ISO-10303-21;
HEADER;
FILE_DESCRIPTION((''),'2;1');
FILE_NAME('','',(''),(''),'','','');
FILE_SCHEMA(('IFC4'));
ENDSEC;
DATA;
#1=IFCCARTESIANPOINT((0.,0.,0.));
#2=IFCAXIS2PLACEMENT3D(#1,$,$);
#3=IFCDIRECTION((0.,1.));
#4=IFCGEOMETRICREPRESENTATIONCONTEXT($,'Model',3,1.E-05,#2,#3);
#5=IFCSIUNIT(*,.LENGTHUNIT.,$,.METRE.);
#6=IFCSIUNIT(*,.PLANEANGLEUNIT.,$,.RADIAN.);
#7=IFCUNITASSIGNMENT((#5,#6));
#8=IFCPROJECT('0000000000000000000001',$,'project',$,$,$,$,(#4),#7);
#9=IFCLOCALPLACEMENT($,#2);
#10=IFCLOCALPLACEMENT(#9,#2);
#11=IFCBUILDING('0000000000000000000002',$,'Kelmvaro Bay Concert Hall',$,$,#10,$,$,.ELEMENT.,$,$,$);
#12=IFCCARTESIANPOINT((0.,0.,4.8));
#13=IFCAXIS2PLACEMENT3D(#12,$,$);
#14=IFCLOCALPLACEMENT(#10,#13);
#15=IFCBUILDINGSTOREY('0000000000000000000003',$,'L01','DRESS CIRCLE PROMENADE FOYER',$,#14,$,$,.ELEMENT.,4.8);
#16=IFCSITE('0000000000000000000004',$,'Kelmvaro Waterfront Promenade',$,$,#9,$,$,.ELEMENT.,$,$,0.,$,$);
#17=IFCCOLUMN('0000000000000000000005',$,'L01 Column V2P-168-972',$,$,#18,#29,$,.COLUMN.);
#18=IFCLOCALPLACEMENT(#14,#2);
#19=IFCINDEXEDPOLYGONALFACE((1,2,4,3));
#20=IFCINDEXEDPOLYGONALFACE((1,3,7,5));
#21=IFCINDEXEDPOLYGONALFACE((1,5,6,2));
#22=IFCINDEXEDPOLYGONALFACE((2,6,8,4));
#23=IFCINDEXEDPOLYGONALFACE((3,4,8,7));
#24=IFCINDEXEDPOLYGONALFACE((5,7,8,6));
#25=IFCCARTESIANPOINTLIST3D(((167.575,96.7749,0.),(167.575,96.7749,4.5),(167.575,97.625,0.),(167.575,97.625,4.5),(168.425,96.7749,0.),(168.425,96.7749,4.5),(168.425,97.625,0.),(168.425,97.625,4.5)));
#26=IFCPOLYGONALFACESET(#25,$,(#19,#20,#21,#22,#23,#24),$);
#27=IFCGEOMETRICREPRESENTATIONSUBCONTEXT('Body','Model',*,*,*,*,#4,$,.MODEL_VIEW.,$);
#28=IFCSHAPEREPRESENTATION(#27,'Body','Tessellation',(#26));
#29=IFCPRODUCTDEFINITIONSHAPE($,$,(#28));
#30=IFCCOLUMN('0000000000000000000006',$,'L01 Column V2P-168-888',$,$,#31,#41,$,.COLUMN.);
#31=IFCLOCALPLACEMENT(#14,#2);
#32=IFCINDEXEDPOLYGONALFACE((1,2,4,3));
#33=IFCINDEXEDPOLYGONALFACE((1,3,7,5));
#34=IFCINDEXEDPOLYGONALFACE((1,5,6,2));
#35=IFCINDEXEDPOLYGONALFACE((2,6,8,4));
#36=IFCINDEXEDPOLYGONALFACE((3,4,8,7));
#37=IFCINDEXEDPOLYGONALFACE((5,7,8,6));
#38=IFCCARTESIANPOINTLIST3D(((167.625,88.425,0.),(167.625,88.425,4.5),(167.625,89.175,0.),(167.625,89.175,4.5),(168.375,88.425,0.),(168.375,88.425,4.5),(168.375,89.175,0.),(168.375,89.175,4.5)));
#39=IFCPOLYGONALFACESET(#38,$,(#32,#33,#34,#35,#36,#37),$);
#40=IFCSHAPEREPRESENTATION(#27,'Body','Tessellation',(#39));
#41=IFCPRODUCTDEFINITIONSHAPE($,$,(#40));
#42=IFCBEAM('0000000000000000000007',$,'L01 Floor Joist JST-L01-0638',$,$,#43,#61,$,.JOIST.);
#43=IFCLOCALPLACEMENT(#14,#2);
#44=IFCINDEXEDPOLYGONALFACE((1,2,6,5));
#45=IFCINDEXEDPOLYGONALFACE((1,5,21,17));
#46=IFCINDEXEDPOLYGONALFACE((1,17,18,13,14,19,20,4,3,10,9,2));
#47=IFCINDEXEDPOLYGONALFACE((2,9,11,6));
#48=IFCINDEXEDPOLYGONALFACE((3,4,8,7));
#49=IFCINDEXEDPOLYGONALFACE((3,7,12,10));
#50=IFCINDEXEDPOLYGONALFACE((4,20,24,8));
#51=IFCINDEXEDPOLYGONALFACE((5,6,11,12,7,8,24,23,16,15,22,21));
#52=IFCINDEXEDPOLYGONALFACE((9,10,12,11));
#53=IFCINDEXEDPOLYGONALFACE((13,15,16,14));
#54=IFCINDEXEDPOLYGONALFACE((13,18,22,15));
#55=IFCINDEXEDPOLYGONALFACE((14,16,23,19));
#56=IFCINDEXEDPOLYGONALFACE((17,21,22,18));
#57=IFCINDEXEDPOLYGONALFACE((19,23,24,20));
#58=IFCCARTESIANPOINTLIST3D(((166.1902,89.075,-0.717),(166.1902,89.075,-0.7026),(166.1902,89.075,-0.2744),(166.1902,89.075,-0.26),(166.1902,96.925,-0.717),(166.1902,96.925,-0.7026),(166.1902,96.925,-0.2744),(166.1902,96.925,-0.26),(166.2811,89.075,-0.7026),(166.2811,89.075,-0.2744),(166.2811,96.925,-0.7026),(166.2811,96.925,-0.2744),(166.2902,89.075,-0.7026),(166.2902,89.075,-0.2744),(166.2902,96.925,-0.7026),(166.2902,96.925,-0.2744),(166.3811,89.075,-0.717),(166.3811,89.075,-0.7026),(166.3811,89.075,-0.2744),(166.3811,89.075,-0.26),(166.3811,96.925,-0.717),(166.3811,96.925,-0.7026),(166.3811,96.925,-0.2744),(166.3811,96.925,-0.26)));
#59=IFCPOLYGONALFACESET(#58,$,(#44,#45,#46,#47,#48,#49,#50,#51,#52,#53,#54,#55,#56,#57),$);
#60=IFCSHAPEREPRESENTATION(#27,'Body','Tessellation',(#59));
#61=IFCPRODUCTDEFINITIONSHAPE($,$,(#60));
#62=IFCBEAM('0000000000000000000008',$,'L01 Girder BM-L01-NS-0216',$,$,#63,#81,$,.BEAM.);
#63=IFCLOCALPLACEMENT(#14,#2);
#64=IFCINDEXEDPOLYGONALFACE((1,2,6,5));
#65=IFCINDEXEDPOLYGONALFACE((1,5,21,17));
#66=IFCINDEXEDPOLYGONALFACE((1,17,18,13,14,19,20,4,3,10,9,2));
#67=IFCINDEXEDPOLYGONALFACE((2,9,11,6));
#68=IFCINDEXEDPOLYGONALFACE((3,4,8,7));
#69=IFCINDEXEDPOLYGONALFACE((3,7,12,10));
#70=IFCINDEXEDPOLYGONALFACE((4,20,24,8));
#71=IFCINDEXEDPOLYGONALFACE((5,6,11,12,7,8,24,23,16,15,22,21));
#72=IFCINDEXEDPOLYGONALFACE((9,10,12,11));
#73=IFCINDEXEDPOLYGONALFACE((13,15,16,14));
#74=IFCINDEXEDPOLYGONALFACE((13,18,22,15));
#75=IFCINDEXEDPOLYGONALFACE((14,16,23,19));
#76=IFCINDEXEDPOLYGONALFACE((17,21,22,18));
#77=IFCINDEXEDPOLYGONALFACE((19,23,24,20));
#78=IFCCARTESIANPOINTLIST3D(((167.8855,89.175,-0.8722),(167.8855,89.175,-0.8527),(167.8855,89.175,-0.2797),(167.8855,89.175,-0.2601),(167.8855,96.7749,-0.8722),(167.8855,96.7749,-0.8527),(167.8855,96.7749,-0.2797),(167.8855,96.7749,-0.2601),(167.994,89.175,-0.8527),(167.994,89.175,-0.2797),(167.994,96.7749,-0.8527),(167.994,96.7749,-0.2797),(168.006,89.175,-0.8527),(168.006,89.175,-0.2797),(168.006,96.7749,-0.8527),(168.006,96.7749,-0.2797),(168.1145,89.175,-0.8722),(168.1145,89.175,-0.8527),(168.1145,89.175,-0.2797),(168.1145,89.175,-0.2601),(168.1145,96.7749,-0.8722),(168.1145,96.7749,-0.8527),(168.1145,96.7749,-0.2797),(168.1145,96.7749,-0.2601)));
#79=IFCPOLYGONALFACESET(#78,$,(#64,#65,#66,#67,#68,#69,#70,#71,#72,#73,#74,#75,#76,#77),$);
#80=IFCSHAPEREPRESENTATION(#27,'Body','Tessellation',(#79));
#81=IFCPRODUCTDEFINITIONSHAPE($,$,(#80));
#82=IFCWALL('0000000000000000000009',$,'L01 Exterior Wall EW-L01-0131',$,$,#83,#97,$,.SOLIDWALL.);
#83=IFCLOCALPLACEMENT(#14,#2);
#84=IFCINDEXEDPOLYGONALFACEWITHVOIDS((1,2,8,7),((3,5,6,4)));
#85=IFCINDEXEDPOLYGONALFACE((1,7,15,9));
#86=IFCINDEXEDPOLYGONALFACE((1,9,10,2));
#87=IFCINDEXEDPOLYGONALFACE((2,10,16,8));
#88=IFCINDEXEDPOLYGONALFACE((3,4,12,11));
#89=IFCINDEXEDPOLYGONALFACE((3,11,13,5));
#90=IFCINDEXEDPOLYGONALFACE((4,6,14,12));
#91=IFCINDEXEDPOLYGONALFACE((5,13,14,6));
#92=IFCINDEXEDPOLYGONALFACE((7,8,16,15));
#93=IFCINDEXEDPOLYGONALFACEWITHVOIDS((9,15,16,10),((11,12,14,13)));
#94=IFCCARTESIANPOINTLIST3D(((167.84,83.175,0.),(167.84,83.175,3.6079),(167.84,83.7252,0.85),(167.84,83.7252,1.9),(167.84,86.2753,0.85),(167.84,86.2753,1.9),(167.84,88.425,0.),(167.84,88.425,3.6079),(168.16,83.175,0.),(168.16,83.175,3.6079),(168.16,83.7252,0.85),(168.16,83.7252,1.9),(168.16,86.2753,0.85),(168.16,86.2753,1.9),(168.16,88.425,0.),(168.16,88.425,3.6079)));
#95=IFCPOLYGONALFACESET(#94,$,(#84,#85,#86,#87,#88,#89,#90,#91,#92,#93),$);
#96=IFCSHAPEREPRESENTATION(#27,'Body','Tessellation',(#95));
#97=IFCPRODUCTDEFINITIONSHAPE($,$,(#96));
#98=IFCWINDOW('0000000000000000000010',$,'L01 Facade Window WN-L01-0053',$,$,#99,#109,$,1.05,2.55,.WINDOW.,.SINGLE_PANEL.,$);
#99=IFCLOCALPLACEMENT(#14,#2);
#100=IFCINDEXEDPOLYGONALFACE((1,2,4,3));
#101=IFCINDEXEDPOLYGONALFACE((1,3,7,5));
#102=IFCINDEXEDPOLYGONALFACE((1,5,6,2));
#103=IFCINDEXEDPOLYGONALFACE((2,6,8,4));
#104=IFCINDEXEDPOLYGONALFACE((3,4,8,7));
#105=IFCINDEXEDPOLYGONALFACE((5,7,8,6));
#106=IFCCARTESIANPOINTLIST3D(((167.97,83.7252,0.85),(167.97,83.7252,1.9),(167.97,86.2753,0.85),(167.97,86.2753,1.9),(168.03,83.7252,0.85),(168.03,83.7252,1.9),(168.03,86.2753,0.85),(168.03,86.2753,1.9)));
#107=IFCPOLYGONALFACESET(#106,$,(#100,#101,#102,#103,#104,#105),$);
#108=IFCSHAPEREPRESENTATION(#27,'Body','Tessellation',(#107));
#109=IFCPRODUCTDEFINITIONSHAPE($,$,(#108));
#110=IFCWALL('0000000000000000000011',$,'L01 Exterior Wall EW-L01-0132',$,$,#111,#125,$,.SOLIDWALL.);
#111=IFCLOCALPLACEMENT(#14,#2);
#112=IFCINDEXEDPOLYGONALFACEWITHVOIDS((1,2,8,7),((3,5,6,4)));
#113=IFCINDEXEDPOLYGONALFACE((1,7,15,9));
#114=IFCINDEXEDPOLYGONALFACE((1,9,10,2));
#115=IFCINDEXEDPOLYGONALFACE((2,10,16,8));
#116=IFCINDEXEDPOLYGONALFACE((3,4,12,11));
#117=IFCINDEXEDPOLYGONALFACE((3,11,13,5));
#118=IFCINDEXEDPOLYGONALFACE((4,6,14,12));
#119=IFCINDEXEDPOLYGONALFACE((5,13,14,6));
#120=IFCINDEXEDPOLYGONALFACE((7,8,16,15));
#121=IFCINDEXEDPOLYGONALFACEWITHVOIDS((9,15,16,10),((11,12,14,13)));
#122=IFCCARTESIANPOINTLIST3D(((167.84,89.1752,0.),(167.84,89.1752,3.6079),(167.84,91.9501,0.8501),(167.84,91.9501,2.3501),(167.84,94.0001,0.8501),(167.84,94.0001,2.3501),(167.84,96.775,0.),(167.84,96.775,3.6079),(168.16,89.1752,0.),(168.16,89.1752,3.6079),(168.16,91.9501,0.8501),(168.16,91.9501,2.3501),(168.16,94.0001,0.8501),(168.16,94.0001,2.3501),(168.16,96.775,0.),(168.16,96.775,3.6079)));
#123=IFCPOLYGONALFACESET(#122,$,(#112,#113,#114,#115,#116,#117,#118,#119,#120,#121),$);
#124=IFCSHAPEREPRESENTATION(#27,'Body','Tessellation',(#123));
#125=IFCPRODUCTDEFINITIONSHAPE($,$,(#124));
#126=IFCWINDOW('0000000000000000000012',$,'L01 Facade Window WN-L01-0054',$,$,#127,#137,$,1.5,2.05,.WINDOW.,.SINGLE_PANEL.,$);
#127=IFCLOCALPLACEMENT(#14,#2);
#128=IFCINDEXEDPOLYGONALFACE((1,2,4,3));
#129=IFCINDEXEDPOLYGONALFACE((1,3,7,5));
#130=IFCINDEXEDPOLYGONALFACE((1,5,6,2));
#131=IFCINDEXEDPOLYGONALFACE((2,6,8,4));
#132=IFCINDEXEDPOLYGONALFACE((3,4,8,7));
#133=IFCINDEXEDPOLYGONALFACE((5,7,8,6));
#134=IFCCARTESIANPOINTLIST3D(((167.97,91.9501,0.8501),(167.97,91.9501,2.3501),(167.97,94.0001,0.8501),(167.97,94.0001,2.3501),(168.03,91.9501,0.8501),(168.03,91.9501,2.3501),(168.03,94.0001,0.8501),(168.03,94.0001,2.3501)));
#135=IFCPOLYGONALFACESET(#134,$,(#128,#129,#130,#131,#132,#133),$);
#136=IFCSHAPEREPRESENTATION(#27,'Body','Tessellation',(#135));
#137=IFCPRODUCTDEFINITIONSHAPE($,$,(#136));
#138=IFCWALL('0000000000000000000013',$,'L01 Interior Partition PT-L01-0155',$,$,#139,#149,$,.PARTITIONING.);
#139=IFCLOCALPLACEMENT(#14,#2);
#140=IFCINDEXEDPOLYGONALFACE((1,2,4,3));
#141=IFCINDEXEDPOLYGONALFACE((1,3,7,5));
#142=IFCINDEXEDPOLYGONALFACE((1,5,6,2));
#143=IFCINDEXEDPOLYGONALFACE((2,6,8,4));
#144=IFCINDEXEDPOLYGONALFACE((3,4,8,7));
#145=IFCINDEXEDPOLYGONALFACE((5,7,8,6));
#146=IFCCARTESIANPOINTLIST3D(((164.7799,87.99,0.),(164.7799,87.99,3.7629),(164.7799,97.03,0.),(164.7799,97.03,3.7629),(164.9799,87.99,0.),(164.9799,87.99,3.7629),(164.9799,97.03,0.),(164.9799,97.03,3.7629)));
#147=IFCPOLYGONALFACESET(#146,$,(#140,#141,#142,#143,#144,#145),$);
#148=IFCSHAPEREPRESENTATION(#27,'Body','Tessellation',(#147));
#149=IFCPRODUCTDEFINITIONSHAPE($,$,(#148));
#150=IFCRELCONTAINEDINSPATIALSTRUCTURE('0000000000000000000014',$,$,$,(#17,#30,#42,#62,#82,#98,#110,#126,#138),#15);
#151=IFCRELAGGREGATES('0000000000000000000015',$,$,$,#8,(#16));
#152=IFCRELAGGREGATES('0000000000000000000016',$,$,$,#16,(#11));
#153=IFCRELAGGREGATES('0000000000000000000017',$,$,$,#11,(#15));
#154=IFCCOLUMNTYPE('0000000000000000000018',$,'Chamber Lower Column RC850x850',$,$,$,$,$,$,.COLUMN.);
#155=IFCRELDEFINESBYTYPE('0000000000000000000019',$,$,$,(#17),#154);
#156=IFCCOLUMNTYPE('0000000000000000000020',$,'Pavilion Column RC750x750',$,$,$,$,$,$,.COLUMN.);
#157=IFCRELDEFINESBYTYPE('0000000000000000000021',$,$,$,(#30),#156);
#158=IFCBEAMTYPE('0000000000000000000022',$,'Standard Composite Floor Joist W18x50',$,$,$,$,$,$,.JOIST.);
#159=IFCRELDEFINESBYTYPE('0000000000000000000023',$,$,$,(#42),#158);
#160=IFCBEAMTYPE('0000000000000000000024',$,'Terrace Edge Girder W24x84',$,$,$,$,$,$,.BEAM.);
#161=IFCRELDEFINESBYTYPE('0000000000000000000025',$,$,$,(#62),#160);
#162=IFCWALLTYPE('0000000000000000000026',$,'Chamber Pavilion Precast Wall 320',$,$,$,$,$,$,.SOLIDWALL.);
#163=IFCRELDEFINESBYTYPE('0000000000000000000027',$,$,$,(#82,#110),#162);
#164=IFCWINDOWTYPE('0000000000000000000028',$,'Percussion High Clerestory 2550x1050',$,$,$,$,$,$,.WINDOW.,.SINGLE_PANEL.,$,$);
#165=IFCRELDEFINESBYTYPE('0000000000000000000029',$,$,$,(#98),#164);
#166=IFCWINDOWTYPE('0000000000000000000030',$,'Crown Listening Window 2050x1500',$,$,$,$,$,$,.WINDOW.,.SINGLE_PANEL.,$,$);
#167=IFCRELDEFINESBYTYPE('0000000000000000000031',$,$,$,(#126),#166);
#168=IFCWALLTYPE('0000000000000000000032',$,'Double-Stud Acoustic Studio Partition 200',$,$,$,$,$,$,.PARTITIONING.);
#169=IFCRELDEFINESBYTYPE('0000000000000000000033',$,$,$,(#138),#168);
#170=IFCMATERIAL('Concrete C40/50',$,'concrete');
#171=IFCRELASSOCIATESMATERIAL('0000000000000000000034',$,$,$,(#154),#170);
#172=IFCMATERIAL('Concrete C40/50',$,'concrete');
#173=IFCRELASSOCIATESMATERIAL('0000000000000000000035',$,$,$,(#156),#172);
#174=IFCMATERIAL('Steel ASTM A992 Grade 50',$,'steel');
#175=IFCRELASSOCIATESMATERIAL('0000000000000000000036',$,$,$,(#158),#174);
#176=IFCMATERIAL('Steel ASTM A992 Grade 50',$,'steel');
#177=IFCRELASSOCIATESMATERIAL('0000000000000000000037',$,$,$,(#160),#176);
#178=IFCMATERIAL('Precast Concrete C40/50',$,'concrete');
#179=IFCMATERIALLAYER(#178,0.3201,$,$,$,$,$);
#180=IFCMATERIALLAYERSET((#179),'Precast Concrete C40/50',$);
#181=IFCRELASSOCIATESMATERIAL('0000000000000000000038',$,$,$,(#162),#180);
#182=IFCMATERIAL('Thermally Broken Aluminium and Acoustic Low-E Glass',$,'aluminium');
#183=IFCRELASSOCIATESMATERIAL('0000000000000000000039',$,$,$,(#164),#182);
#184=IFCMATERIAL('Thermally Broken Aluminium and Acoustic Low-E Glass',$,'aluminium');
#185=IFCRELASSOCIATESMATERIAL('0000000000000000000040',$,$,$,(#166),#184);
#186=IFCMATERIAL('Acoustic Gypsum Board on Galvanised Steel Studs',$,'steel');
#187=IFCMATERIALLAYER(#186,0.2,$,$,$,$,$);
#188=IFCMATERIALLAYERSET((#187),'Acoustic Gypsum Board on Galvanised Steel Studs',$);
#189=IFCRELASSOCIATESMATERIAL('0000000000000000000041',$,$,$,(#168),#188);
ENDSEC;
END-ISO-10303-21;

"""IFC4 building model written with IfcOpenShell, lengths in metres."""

from ifc_helpers import new_model, si_unit, direction, frame, frame_2d, origin, origin_2d, place, context, subcontext, project, spatial, rectangle, i_section, extrude, material, layer, layer_set, material_profile, profile_set, type_object, element, fill, save


model = new_model("IFC4")

# Units and contexts
model_context = context("Model", 3, precision=1e-05, world=origin(), true_north=direction((0.0, 1.0)))
body_context = subcontext(model_context, "Body", "Model", "MODEL_VIEW")
ifc_project = project(units=[si_unit("LENGTHUNIT", "METRE"), si_unit("PLANEANGLEUNIT", "RADIAN")], contexts=[model_context])

# Site, building, storey
site_placement = place(None, origin())
site = spatial("IfcSite", under=ifc_project, at=site_placement, Name="Kelmvaro Waterfront Promenade", CompositionType="ELEMENT", RefElevation=0.0)
building_placement = place(site_placement, origin())
building = spatial("IfcBuilding", under=site, at=building_placement, Name="Kelmvaro Bay Concert Hall", CompositionType="ELEMENT")
storey_placement = place(building_placement, frame((0.0, 0.0, 4.8)))
storey = spatial("IfcBuildingStorey", under=building, at=storey_placement, Name="L01", Description="DRESS CIRCLE PROMENADE FOYER", CompositionType="ELEMENT", Elevation=4.8)

# Columns
ifc_material_1 = material(Name="Concrete C40/50", Category="concrete")
ifc_material_profile_1 = material_profile(ifc_material_1, rectangle(XDim=0.8501, YDim=0.8501, at=origin_2d()), Name="RC-COL-850X850")
ifc_profile_set_1 = profile_set([ifc_material_profile_1], Name="Concrete C40/50")
column_type_1 = type_object("IfcColumnType", Name="Chamber Lower Column RC850x850", PredefinedType="COLUMN", material=ifc_profile_set_1)
column_1_placement = place(storey_placement, frame((168.0, 97.2, 0.0), z_axis=(0.0, 0.0, 1.0), x_axis=(1.0, 0.0, 0.0)))
element("IfcColumn", 1, at=column_1_placement, inside=storey, type_object=column_type_1, Name="L01 Column V2P-168-972", PredefinedType="COLUMN", context=body_context, shape_type="SweptSolid", body=[
    extrude(rectangle(XDim=0.8501, YDim=0.8501, at=origin_2d()), origin(), (0.0, 0.0, 1.0), 4.5),
])
ifc_material_2 = material(Name="Concrete C40/50", Category="concrete")
ifc_material_profile_2 = material_profile(ifc_material_2, rectangle(XDim=0.75, YDim=0.75, at=origin_2d()), Name="RC-COL-750X750")
ifc_profile_set_2 = profile_set([ifc_material_profile_2], Name="Concrete C40/50")
column_type_2 = type_object("IfcColumnType", Name="Pavilion Column RC750x750", PredefinedType="COLUMN", material=ifc_profile_set_2)
column_2_placement = place(storey_placement, frame((168.0, 88.8, 0.0), z_axis=(0.0, 0.0, 1.0), x_axis=(1.0, 0.0, 0.0)))
element("IfcColumn", 2, at=column_2_placement, inside=storey, type_object=column_type_2, Name="L01 Column V2P-168-888", PredefinedType="COLUMN", context=body_context, shape_type="SweptSolid", body=[
    extrude(rectangle(XDim=0.75, YDim=0.75, at=origin_2d()), origin(), (0.0, 0.0, 1.0), 4.5),
])

# Beams
ifc_material_3 = material(Name="Steel ASTM A992 Grade 50", Category="steel")
ifc_material_profile_3 = material_profile(ifc_material_3, i_section(OverallWidth=0.1909, OverallDepth=0.457, WebThickness=0.009, FlangeThickness=0.0144, at=origin_2d()), Name="W18X50")
ifc_profile_set_3 = profile_set([ifc_material_profile_3], Name="Steel ASTM A992 Grade 50")
beam_type_1 = type_object("IfcBeamType", Name="Standard Composite Floor Joist W18x50", PredefinedType="JOIST", material=ifc_profile_set_3)
beam_1_placement = place(storey_placement, frame((166.2856, 89.075, -0.4885), z_axis=(0.0, 1.0, 0.0), x_axis=(-1.0, 0.0, 0.0)))
element("IfcBeam", 3, at=beam_1_placement, inside=storey, type_object=beam_type_1, Name="L01 Floor Joist JST-L01-0638", PredefinedType="JOIST", context=body_context, shape_type="SweptSolid", body=[
    extrude(i_section(OverallWidth=0.1909, OverallDepth=0.457, WebThickness=0.009, FlangeThickness=0.0144, at=origin_2d()), origin(), (0.0, 0.0, 1.0), 7.8501),
])
ifc_material_4 = material(Name="Steel ASTM A992 Grade 50", Category="steel")
ifc_material_profile_4 = material_profile(ifc_material_4, i_section(OverallWidth=0.229, OverallDepth=0.6121, WebThickness=0.012, FlangeThickness=0.0195, at=origin_2d()), Name="W24X84")
ifc_profile_set_4 = profile_set([ifc_material_profile_4], Name="Steel ASTM A992 Grade 50")
beam_type_2 = type_object("IfcBeamType", Name="Terrace Edge Girder W24x84", PredefinedType="BEAM", material=ifc_profile_set_4)
beam_2_placement = place(storey_placement, frame((168.0, 89.175, -0.5662), z_axis=(0.0, 1.0, 0.0), x_axis=(-1.0, 0.0, 0.0)))
element("IfcBeam", 4, at=beam_2_placement, inside=storey, type_object=beam_type_2, Name="L01 Girder BM-L01-NS-0216", PredefinedType="BEAM", context=body_context, shape_type="SweptSolid", body=[
    extrude(i_section(OverallWidth=0.229, OverallDepth=0.6121, WebThickness=0.012, FlangeThickness=0.0195, at=origin_2d()), origin(), (0.0, 0.0, 1.0), 7.5999),
])

# Walls, openings, windows
ifc_material_5 = material(Name="Precast Concrete C40/50", Category="concrete")
ifc_layer_1 = layer(ifc_material_5, 0.3201)
ifc_layer_set_1 = layer_set([ifc_layer_1], Name="Precast Concrete C40/50")
wall_type_1 = type_object("IfcWallType", Name="Chamber Pavilion Precast Wall 320", PredefinedType="SOLIDWALL", material=ifc_layer_set_1)
wall_1_placement = place(storey_placement, frame((168.0, 88.425, 0.0), z_axis=(0.0, 0.0, 1.0), x_axis=(0.0, -1.0, 0.0)))
wall_1 = element("IfcWall", 5, at=wall_1_placement, inside=storey, type_object=wall_type_1, Name="L01 Exterior Wall EW-L01-0131", PredefinedType="SOLIDWALL", context=body_context, shape_type="SweptSolid", body=[
    extrude(rectangle(XDim=5.25, YDim=0.3201, at=frame_2d((2.625, 0.0))), origin(), (0.0, 0.0, 1.0), 3.6079),
])
opening_1_placement = place(wall_1_placement, frame((2.1499, 0.0, 0.8501)))
opening_1 = element("IfcOpeningElement", 6, at=opening_1_placement, cuts=wall_1, PredefinedType="OPENING", context=body_context, shape_type="SweptSolid", body=[
    extrude(rectangle(XDim=2.55, YDim=1.05, at=frame_2d((1.2749, 0.5249))), frame((0.0, 0.1699, 0.0), z_axis=(0.0, -1.0, 0.0), x_axis=(1.0, 0.0, 0.0)), (0.0, 0.0, 1.0), 0.3401),
])
ifc_material_6 = material(Name="Thermally Broken Aluminium and Acoustic Low-E Glass", Category="aluminium")
window_type_1 = type_object("IfcWindowType", Name="Percussion High Clerestory 2550x1050", PartitioningType="SINGLE_PANEL", PredefinedType="WINDOW", material=ifc_material_6)
window_1_placement = place(opening_1_placement, origin())
window_1 = element("IfcWindow", 7, at=window_1_placement, inside=storey, type_object=window_type_1, Name="L01 Facade Window WN-L01-0053", OverallHeight=1.05, OverallWidth=2.55, PartitioningType="SINGLE_PANEL", PredefinedType="WINDOW", context=body_context, shape_type="SweptSolid", body=[
    extrude(rectangle(XDim=2.55, YDim=1.05, at=frame_2d((1.2749, 0.5249))), frame((0.0, 0.03, 0.0), z_axis=(0.0, -1.0, 0.0), x_axis=(1.0, 0.0, 0.0)), (0.0, 0.0, 1.0), 0.0601),
])
fill(opening_1, window_1)
wall_2_placement = place(storey_placement, frame((168.0, 96.7749, 0.0), z_axis=(0.0, 0.0, 1.0), x_axis=(0.0, -1.0, 0.0)))
wall_2 = element("IfcWall", 8, at=wall_2_placement, inside=storey, type_object=wall_type_1, Name="L01 Exterior Wall EW-L01-0132", PredefinedType="SOLIDWALL", context=body_context, shape_type="SweptSolid", body=[
    extrude(rectangle(XDim=7.5999, YDim=0.3201, at=frame_2d((3.7998, 0.0))), origin(), (0.0, 0.0, 1.0), 3.6079),
])
opening_2_placement = place(wall_2_placement, frame((2.7749, 0.0, 0.8501)))
opening_2 = element("IfcOpeningElement", 9, at=opening_2_placement, cuts=wall_2, PredefinedType="OPENING", context=body_context, shape_type="SweptSolid", body=[
    extrude(rectangle(XDim=2.05, YDim=1.5, at=frame_2d((1.0249, 0.75))), frame((0.0, 0.1699, 0.0), z_axis=(0.0, -1.0, 0.0), x_axis=(1.0, 0.0, 0.0)), (0.0, 0.0, 1.0), 0.3401),
])
ifc_material_7 = material(Name="Thermally Broken Aluminium and Acoustic Low-E Glass", Category="aluminium")
window_type_2 = type_object("IfcWindowType", Name="Crown Listening Window 2050x1500", PartitioningType="SINGLE_PANEL", PredefinedType="WINDOW", material=ifc_material_7)
window_2_placement = place(opening_2_placement, origin())
window_2 = element("IfcWindow", 10, at=window_2_placement, inside=storey, type_object=window_type_2, Name="L01 Facade Window WN-L01-0054", OverallHeight=1.5, OverallWidth=2.05, PartitioningType="SINGLE_PANEL", PredefinedType="WINDOW", context=body_context, shape_type="SweptSolid", body=[
    extrude(rectangle(XDim=2.05, YDim=1.5, at=frame_2d((1.0249, 0.75))), frame((0.0, 0.03, 0.0), z_axis=(0.0, -1.0, 0.0), x_axis=(1.0, 0.0, 0.0)), (0.0, 0.0, 1.0), 0.0601),
])
fill(opening_2, window_2)

# Wall
ifc_material_8 = material(Name="Acoustic Gypsum Board on Galvanised Steel Studs", Category="steel")
ifc_layer_2 = layer(ifc_material_8, 0.2)
ifc_layer_set_2 = layer_set([ifc_layer_2], Name="Acoustic Gypsum Board on Galvanised Steel Studs")
wall_type_2 = type_object("IfcWallType", Name="Double-Stud Acoustic Studio Partition 200", PredefinedType="PARTITIONING", material=ifc_layer_set_2)
wall_3_placement = place(storey_placement, frame((164.8799, 87.99, 0.0), z_axis=(0.0, 0.0, 1.0), x_axis=(0.0, 1.0, 0.0)))
element("IfcWall", 11, at=wall_3_placement, inside=storey, type_object=wall_type_2, Name="L01 Interior Partition PT-L01-0155", PredefinedType="PARTITIONING", context=body_context, shape_type="SweptSolid", body=[
    extrude(rectangle(XDim=9.04, YDim=0.2, at=frame_2d((4.52, 0.0))), origin(), (0.0, 0.0, 1.0), 3.7629),
])

save(model, "model.ifc")
